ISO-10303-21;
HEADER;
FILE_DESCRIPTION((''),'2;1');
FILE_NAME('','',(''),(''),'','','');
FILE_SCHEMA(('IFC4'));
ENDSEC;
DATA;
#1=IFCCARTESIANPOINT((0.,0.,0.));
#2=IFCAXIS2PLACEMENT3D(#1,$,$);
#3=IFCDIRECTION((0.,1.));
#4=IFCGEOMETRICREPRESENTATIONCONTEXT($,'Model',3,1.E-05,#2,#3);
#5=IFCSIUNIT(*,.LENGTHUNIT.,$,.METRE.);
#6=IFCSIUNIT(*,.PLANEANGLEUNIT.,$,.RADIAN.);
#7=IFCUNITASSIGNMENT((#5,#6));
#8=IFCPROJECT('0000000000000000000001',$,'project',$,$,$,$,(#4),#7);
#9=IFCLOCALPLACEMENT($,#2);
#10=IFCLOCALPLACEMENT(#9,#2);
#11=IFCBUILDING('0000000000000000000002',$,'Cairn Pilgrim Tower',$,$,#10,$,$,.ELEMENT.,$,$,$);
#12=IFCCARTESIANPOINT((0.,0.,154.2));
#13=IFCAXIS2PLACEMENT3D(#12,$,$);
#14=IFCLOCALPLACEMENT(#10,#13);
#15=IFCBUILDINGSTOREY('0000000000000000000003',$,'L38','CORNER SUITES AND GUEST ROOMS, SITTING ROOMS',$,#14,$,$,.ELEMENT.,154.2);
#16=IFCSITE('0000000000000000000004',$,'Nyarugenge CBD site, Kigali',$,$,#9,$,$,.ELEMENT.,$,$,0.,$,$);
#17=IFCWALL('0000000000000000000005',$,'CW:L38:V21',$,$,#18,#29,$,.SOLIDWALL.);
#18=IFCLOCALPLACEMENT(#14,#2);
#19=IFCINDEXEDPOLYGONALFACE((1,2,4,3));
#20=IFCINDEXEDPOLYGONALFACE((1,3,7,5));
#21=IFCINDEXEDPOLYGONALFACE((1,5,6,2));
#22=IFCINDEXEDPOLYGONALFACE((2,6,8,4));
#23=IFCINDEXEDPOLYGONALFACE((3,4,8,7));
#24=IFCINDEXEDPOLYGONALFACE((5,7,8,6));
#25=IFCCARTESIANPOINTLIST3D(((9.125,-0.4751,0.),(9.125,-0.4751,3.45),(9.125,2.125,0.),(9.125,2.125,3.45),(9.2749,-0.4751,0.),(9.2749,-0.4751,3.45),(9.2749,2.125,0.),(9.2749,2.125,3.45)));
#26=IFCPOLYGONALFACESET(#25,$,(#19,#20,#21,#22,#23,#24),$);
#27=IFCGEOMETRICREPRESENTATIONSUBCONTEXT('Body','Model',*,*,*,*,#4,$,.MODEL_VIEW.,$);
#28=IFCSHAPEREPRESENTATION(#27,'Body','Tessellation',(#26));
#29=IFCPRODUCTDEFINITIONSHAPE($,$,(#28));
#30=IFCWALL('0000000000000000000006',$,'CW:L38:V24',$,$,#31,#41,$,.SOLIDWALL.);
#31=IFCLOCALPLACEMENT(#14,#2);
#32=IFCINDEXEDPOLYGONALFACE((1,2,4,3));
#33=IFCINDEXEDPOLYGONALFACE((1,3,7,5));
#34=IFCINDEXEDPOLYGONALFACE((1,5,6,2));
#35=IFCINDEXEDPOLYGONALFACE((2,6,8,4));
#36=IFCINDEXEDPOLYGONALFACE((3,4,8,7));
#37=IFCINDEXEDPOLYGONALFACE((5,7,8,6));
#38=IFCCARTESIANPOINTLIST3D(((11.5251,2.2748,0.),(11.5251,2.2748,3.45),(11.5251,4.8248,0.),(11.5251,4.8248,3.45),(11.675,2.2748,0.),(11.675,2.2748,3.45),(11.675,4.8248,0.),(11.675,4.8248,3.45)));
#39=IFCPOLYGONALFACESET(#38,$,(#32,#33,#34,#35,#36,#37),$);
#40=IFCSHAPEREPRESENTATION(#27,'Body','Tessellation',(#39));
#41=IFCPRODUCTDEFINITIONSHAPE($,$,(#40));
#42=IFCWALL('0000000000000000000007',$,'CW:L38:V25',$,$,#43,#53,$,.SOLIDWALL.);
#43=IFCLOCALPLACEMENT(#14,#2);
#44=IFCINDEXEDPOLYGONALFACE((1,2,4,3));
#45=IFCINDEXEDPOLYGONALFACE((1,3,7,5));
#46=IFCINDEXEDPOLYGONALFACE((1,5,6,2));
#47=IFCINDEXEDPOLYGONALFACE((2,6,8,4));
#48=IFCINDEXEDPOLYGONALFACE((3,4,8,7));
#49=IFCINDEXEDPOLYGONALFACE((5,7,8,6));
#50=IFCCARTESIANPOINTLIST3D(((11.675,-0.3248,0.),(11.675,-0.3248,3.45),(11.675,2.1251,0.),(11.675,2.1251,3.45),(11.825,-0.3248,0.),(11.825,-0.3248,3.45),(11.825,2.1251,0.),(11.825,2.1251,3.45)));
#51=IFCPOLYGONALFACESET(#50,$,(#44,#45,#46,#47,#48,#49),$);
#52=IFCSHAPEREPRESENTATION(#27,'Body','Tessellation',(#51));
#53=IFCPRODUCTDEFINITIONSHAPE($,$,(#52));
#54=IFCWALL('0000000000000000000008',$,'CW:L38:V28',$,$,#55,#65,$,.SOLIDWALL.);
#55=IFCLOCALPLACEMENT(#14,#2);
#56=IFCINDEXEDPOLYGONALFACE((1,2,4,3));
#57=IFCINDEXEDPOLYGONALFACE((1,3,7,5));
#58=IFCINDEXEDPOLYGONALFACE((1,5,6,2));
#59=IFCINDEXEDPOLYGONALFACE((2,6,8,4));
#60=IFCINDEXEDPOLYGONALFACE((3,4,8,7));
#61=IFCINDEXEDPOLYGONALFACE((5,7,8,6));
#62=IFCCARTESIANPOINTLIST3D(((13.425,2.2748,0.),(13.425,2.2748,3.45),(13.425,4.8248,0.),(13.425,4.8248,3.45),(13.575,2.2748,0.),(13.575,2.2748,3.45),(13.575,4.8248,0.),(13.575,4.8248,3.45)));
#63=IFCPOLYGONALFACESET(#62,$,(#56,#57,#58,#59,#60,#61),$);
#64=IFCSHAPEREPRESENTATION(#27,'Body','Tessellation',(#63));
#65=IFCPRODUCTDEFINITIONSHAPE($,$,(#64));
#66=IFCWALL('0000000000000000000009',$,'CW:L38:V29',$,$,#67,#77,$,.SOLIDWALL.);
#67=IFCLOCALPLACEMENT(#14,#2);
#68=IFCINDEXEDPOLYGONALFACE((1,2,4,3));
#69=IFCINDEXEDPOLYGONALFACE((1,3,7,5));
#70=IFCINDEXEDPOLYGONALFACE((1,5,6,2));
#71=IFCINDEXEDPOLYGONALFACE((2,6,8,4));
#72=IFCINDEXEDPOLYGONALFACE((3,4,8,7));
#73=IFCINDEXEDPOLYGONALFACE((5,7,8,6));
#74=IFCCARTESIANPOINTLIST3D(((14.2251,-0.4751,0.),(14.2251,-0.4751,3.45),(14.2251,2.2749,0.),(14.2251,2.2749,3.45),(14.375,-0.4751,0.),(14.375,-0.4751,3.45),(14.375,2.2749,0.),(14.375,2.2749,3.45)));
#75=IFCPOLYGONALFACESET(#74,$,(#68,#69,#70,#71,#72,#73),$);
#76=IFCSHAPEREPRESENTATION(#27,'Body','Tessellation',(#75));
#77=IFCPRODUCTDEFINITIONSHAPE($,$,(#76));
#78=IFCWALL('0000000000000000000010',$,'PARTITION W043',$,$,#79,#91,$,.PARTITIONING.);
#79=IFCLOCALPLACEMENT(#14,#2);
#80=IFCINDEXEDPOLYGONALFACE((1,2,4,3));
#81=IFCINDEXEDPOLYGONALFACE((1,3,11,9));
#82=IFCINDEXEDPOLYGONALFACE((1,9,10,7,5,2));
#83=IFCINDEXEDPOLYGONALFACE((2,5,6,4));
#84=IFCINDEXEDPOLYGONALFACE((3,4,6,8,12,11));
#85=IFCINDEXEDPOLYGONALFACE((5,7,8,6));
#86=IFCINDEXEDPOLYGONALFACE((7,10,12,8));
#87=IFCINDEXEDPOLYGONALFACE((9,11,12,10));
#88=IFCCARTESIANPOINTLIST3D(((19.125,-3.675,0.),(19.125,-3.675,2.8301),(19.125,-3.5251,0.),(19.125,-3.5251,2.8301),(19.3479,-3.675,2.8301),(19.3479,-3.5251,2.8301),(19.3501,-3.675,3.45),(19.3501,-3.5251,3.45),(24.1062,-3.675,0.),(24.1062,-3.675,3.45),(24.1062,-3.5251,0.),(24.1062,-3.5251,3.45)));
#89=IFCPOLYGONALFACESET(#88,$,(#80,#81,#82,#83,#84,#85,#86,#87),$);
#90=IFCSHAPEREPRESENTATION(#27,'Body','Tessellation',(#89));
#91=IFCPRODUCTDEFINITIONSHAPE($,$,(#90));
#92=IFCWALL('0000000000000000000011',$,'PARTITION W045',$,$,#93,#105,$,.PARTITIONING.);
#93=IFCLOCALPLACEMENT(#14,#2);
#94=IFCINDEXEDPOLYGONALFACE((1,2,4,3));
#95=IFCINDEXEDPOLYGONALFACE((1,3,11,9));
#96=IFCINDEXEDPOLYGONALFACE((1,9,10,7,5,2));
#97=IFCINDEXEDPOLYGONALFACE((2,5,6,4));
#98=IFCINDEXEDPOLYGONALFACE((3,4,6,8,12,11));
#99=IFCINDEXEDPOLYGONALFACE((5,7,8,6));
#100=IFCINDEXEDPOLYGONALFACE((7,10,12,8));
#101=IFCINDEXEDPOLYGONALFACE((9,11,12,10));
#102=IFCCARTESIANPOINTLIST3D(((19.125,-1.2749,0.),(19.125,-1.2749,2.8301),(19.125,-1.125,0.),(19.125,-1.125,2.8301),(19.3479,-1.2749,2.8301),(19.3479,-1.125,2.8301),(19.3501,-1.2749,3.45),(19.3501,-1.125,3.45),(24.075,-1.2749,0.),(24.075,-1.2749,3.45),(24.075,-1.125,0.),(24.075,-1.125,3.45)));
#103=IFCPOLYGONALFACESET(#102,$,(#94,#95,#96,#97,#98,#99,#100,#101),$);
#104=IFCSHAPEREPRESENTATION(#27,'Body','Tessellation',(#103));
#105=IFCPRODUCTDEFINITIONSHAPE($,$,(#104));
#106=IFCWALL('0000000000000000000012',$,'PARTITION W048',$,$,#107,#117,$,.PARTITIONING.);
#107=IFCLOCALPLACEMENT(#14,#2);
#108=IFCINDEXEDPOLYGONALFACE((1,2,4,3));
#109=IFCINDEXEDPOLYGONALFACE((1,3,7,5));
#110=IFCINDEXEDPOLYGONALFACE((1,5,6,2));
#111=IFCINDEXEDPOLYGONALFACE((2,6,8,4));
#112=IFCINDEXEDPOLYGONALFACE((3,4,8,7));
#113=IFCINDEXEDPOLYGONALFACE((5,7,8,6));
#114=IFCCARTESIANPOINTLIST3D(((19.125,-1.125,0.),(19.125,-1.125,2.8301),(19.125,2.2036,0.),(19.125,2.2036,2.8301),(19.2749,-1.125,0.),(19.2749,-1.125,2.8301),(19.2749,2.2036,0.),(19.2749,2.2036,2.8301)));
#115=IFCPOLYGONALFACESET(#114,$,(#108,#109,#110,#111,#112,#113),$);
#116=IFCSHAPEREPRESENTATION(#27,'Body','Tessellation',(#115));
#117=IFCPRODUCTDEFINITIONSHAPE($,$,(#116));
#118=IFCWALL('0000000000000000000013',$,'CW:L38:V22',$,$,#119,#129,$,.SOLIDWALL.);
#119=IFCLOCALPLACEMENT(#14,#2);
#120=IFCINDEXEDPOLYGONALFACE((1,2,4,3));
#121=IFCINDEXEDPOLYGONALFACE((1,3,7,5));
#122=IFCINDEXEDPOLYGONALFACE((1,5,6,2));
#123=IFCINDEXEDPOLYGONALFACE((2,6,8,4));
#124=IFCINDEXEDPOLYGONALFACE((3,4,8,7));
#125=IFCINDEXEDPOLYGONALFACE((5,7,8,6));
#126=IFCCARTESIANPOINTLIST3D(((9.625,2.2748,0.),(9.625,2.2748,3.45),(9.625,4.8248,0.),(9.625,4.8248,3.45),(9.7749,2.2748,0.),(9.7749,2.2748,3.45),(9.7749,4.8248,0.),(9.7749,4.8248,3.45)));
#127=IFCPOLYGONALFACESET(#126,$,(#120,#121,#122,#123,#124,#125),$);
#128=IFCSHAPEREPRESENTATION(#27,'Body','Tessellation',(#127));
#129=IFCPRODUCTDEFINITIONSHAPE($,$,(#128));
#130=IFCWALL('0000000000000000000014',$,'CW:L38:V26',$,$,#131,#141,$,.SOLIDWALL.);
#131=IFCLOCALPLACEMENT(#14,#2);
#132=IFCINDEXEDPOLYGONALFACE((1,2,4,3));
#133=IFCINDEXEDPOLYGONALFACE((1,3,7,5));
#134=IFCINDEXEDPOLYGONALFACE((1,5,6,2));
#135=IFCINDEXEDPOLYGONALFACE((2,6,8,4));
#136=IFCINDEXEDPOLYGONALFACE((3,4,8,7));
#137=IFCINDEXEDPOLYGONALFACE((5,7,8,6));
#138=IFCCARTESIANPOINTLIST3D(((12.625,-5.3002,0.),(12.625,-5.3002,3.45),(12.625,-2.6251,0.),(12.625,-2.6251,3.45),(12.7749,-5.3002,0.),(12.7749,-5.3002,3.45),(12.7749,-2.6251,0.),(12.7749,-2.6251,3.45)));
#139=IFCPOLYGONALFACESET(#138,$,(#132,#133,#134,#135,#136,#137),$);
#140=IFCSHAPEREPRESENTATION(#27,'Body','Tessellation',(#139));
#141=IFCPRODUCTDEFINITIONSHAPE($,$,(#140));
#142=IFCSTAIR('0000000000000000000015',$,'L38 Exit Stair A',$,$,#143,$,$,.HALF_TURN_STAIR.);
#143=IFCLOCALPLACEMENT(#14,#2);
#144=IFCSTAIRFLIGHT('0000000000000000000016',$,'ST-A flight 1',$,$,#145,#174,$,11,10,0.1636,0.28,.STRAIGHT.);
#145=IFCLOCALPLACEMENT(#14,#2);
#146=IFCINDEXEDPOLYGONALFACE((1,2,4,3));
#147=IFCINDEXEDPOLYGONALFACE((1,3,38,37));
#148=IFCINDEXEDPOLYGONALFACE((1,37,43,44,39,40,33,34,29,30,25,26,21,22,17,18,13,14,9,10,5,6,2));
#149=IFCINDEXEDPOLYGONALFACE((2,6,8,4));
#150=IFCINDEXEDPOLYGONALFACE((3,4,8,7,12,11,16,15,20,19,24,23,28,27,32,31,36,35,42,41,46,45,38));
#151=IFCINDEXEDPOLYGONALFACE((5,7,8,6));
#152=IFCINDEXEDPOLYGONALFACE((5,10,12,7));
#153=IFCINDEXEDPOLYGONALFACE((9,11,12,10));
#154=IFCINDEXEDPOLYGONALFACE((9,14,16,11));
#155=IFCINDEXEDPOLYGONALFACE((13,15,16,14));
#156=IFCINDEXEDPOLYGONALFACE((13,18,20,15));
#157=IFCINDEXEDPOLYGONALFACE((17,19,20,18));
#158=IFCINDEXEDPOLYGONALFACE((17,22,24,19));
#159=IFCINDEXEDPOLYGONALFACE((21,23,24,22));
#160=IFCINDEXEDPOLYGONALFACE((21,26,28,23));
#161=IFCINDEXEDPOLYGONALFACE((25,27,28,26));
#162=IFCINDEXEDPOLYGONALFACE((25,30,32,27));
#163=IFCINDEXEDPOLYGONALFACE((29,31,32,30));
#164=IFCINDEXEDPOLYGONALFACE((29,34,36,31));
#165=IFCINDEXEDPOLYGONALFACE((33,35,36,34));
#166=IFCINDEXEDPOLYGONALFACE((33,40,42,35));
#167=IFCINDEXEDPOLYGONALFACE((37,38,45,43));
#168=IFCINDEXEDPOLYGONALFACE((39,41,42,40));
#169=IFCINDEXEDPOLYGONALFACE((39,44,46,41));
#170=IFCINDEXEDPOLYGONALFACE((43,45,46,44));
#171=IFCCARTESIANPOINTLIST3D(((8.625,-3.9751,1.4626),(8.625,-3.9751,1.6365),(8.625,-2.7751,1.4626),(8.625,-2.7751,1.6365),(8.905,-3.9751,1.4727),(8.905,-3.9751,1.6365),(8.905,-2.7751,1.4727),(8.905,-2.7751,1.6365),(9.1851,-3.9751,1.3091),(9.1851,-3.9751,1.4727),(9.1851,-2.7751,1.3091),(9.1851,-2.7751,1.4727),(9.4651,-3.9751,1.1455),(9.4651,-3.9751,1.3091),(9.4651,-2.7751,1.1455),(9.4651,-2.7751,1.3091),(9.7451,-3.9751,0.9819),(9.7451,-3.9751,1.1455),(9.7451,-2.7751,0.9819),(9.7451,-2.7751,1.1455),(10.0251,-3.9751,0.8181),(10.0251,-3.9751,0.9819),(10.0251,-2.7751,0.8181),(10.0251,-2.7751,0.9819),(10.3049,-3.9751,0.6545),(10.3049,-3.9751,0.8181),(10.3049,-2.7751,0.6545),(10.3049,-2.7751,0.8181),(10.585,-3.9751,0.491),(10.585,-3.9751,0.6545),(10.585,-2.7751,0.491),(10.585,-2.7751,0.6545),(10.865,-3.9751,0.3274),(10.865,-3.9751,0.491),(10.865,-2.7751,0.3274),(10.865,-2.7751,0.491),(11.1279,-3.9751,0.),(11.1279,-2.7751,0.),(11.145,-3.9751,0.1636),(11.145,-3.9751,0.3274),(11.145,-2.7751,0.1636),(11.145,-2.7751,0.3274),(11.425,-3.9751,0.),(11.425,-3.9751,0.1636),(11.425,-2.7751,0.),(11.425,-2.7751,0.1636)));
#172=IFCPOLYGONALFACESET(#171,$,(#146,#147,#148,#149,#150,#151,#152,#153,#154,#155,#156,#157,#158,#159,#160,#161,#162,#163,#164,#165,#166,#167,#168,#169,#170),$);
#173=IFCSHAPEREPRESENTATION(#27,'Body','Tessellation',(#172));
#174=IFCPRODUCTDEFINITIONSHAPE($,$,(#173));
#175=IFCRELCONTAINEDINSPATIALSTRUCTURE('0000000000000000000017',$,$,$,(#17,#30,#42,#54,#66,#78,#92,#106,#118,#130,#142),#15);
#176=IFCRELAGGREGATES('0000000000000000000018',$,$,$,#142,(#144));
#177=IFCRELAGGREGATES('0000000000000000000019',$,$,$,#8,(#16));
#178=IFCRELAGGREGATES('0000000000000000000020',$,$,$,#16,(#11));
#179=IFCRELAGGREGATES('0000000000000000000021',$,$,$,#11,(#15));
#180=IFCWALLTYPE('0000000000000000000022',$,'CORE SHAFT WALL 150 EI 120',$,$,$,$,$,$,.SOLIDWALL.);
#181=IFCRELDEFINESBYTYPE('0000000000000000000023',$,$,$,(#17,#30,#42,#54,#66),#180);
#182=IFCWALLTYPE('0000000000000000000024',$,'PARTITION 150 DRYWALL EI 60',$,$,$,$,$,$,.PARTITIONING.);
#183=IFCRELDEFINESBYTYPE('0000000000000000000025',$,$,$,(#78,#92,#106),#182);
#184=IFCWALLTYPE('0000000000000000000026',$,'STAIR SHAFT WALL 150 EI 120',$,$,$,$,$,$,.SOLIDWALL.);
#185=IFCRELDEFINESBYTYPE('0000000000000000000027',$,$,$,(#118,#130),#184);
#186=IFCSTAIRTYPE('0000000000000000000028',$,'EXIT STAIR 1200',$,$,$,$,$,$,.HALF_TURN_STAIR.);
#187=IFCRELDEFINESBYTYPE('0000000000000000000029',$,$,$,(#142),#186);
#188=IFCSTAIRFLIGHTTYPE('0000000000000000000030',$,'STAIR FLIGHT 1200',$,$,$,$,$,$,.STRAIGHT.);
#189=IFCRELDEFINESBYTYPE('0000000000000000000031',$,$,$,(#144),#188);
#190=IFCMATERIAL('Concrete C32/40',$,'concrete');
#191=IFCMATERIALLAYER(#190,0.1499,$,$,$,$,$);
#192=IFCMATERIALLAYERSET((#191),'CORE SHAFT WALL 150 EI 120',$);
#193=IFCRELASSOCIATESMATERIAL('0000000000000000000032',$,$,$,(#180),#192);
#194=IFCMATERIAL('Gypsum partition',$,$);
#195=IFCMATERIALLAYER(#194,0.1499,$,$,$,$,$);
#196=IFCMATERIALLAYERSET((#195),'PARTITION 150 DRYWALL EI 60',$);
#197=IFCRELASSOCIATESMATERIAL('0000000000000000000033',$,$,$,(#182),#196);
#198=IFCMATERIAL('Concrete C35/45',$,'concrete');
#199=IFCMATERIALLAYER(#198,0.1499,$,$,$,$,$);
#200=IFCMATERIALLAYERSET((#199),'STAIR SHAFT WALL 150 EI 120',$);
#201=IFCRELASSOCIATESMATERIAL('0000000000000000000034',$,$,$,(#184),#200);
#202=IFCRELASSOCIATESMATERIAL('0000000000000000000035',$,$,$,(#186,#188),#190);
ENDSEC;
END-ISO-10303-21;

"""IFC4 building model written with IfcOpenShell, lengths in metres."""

from ifc_helpers import new_model, si_unit, direction, frame, frame_2d, origin, place, context, subcontext, project, spatial, polyline, rectangle, outline, extrude, material, layer, layer_set, type_object, element, aggregate, save


model = new_model("IFC4")

# Units and contexts
model_context = context("Model", 3, precision=1e-05, world=origin(), true_north=direction((0.0, 1.0)))
body_context = subcontext(model_context, "Body", "Model", "MODEL_VIEW")
ifc_project = project(units=[si_unit("LENGTHUNIT", "METRE"), si_unit("PLANEANGLEUNIT", "RADIAN")], contexts=[model_context])

# Site, building, storey
site_placement = place(None, origin())
site = spatial("IfcSite", under=ifc_project, at=site_placement, Name="Nyarugenge CBD site, Kigali", CompositionType="ELEMENT", RefElevation=0.0)
building_placement = place(site_placement, origin())
building = spatial("IfcBuilding", under=site, at=building_placement, Name="Cairn Pilgrim Tower", CompositionType="ELEMENT")
storey_placement = place(building_placement, frame((0.0, 0.0, 154.2)))
storey = spatial("IfcBuildingStorey", under=building, at=storey_placement, Name="L38", Description="CORNER SUITES AND GUEST ROOMS, SITTING ROOMS", CompositionType="ELEMENT", Elevation=154.2)

# Shared definitions
ifc_material_1 = material(Name="Concrete C32/40", Category="concrete")

# Shared definitions
ifc_layer_1 = layer(ifc_material_1, 0.1499)
ifc_layer_set_1 = layer_set([ifc_layer_1], Name="CORE SHAFT WALL 150 EI 120")
wall_type_1 = type_object("IfcWallType", Name="CORE SHAFT WALL 150 EI 120", PredefinedType="SOLIDWALL", material=ifc_layer_set_1)

# Walls
wall_1_placement = place(storey_placement, frame((9.2, -0.4751, 0.0), z_axis=(0.0, 0.0, 1.0), x_axis=(0.0, 1.0, 0.0)))
element("IfcWall", 1, at=wall_1_placement, inside=storey, type_object=wall_type_1, Name="CW:L38:V21", PredefinedType="SOLIDWALL", context=body_context, shape_type="SweptSolid", body=[
    extrude(rectangle(XDim=2.6001, YDim=0.1499, at=frame_2d((1.3, 0.0))), origin(), (0.0, 0.0, 1.0), 3.45),
])
wall_2_placement = place(storey_placement, frame((11.6001, 2.2749, 0.0), z_axis=(0.0, 0.0, 1.0), x_axis=(0.0, 1.0, 0.0)))
element("IfcWall", 2, at=wall_2_placement, inside=storey, type_object=wall_type_1, Name="CW:L38:V24", PredefinedType="SOLIDWALL", context=body_context, shape_type="SweptSolid", body=[
    extrude(rectangle(XDim=2.55, YDim=0.1499, at=frame_2d((1.2749, 0.0))), origin(), (0.0, 0.0, 1.0), 3.45),
])
wall_3_placement = place(storey_placement, frame((11.75, -0.325, 0.0), z_axis=(0.0, 0.0, 1.0), x_axis=(0.0, 1.0, 0.0)))
element("IfcWall", 3, at=wall_3_placement, inside=storey, type_object=wall_type_1, Name="CW:L38:V25", PredefinedType="SOLIDWALL", context=body_context, shape_type="SweptSolid", body=[
    extrude(rectangle(XDim=2.45, YDim=0.1499, at=frame_2d((1.2251, 0.0))), origin(), (0.0, 0.0, 1.0), 3.45),
])
wall_4_placement = place(storey_placement, frame((13.5, 2.2749, 0.0), z_axis=(0.0, 0.0, 1.0), x_axis=(0.0, 1.0, 0.0)))
element("IfcWall", 4, at=wall_4_placement, inside=storey, type_object=wall_type_1, Name="CW:L38:V28", PredefinedType="SOLIDWALL", context=body_context, shape_type="SweptSolid", body=[
    extrude(rectangle(XDim=2.55, YDim=0.1499, at=frame_2d((1.2749, 0.0))), origin(), (0.0, 0.0, 1.0), 3.45),
])
wall_5_placement = place(storey_placement, frame((14.3, -0.4751, 0.0), z_axis=(0.0, 0.0, 1.0), x_axis=(0.0, 1.0, 0.0)))
element("IfcWall", 5, at=wall_5_placement, inside=storey, type_object=wall_type_1, Name="CW:L38:V29", PredefinedType="SOLIDWALL", context=body_context, shape_type="SweptSolid", body=[
    extrude(rectangle(XDim=2.75, YDim=0.1499, at=frame_2d((1.375, 0.0))), origin(), (0.0, 0.0, 1.0), 3.45),
])
ifc_material_2 = material(Name="Gypsum partition")
ifc_layer_2 = layer(ifc_material_2, 0.1499)
ifc_layer_set_2 = layer_set([ifc_layer_2], Name="PARTITION 150 DRYWALL EI 60")
wall_type_2 = type_object("IfcWallType", Name="PARTITION 150 DRYWALL EI 60", PredefinedType="PARTITIONING", material=ifc_layer_set_2)
wall_6_placement = place(storey_placement, frame((19.125, -3.6001, 0.0), z_axis=(0.0, 0.0, 1.0), x_axis=(1.0, 0.0, 0.0)))
element("IfcWall", 6, at=wall_6_placement, inside=storey, type_object=wall_type_2, Name="PARTITION W043", PredefinedType="PARTITIONING", context=body_context, shape_type="SweptSolid", body=[
    extrude(outline(polyline([(0.0, 0.0), (4.9812, 0.0), (4.9812, 3.45), (0.2251, 3.45), (0.2229, 2.8301), (0.0, 2.8301), (0.0, 0.0)])), frame((0.0, 0.075, 0.0), z_axis=(0.0, -1.0, 0.0), x_axis=(1.0, 0.0, 0.0)), (0.0, 0.0, 1.0), 0.1499),
])
wall_7_placement = place(storey_placement, frame((19.125, -1.2, 0.0), z_axis=(0.0, 0.0, 1.0), x_axis=(1.0, 0.0, 0.0)))
element("IfcWall", 7, at=wall_7_placement, inside=storey, type_object=wall_type_2, Name="PARTITION W045", PredefinedType="PARTITIONING", context=body_context, shape_type="SweptSolid", body=[
    extrude(outline(polyline([(0.0, 0.0), (4.95, 0.0), (4.95, 3.45), (0.2251, 3.45), (0.2229, 2.8301), (0.0, 2.8301), (0.0, 0.0)])), frame((0.0, 0.075, 0.0), z_axis=(0.0, -1.0, 0.0), x_axis=(1.0, 0.0, 0.0)), (0.0, 0.0, 1.0), 0.1499),
])
wall_8_placement = place(storey_placement, frame((19.2, -1.125, 0.0), z_axis=(0.0, 0.0, 1.0), x_axis=(0.0, 1.0, 0.0)))
element("IfcWall", 8, at=wall_8_placement, inside=storey, type_object=wall_type_2, Name="PARTITION W048", PredefinedType="PARTITIONING", context=body_context, shape_type="SweptSolid", body=[
    extrude(rectangle(XDim=3.3286, YDim=0.1499, at=frame_2d((1.6643, 0.0))), origin(), (0.0, 0.0, 1.0), 2.8301),
])
ifc_material_3 = material(Name="Concrete C35/45", Category="concrete")
ifc_layer_3 = layer(ifc_material_3, 0.1499)
ifc_layer_set_3 = layer_set([ifc_layer_3], Name="STAIR SHAFT WALL 150 EI 120")
wall_type_3 = type_object("IfcWallType", Name="STAIR SHAFT WALL 150 EI 120", PredefinedType="SOLIDWALL", material=ifc_layer_set_3)
wall_9_placement = place(storey_placement, frame((9.7, 2.2749, 0.0), z_axis=(0.0, 0.0, 1.0), x_axis=(0.0, 1.0, 0.0)))
element("IfcWall", 9, at=wall_9_placement, inside=storey, type_object=wall_type_3, Name="CW:L38:V22", PredefinedType="SOLIDWALL", context=body_context, shape_type="SweptSolid", body=[
    extrude(rectangle(XDim=2.55, YDim=0.1499, at=frame_2d((1.2749, 0.0))), origin(), (0.0, 0.0, 1.0), 3.45),
])
wall_10_placement = place(storey_placement, frame((12.7, -5.3, 0.0), z_axis=(0.0, 0.0, 1.0), x_axis=(0.0, 1.0, 0.0)))
element("IfcWall", 10, at=wall_10_placement, inside=storey, type_object=wall_type_3, Name="CW:L38:V26", PredefinedType="SOLIDWALL", context=body_context, shape_type="SweptSolid", body=[
    extrude(rectangle(XDim=2.675, YDim=0.1499, at=frame_2d((1.3374, 0.0))), origin(), (0.0, 0.0, 1.0), 3.45),
])

# Stair, stair flight
stair_type = type_object("IfcStairType", Name="EXIT STAIR 1200", PredefinedType="HALF_TURN_STAIR", material=ifc_material_1)
stair_placement = place(storey_placement, origin())
stair = element("IfcStair", 11, at=stair_placement, inside=storey, type_object=stair_type, Name="L38 Exit Stair A", PredefinedType="HALF_TURN_STAIR")
stair_flight_type = type_object("IfcStairFlightType", Name="STAIR FLIGHT 1200", PredefinedType="STRAIGHT", material=ifc_material_1)
stair_flight_1_placement = place(storey_placement, frame((11.425, -3.375, 0.0), z_axis=(0.0, 0.0, 1.0), x_axis=(-1.0, 0.0, 0.0)))
stair_flight_1 = element("IfcStairFlight", 12, at=stair_flight_1_placement, type_object=stair_flight_type, Name="ST-A flight 1", NumberOfRisers=11, NumberOfTreads=10, PredefinedType="STRAIGHT", RiserHeight=0.1636, TreadLength=0.28, context=body_context, shape_type="SweptSolid", body=[
    extrude(outline(polyline([(0.0, 0.0), (0.0, 0.1636), (0.28, 0.1636), (0.28, 0.3274), (0.5601, 0.3274), (0.5601, 0.491), (0.8401, 0.491), (0.8401, 0.6545), (1.1201, 0.6545), (1.1201, 0.8181), (1.3999, 0.8181), (1.3999, 0.9819), (1.6799, 0.9819), (1.6799, 1.1455), (1.96, 1.1455), (1.96, 1.3091), (2.24, 1.3091), (2.24, 1.4727), (2.52, 1.4727), (2.52, 1.6365), (2.8, 1.6365), (2.8, 1.8), (2.8, 1.4626), (0.2971, 0.0), (0.0, 0.0)])), frame((0.0, 0.6001, 0.0), z_axis=(0.0, -1.0, 0.0), x_axis=(1.0, 0.0, 0.0)), (0.0, 0.0, 1.0), 1.2),
])
aggregate(stair, [stair_flight_1])

save(model, "model.ifc")
